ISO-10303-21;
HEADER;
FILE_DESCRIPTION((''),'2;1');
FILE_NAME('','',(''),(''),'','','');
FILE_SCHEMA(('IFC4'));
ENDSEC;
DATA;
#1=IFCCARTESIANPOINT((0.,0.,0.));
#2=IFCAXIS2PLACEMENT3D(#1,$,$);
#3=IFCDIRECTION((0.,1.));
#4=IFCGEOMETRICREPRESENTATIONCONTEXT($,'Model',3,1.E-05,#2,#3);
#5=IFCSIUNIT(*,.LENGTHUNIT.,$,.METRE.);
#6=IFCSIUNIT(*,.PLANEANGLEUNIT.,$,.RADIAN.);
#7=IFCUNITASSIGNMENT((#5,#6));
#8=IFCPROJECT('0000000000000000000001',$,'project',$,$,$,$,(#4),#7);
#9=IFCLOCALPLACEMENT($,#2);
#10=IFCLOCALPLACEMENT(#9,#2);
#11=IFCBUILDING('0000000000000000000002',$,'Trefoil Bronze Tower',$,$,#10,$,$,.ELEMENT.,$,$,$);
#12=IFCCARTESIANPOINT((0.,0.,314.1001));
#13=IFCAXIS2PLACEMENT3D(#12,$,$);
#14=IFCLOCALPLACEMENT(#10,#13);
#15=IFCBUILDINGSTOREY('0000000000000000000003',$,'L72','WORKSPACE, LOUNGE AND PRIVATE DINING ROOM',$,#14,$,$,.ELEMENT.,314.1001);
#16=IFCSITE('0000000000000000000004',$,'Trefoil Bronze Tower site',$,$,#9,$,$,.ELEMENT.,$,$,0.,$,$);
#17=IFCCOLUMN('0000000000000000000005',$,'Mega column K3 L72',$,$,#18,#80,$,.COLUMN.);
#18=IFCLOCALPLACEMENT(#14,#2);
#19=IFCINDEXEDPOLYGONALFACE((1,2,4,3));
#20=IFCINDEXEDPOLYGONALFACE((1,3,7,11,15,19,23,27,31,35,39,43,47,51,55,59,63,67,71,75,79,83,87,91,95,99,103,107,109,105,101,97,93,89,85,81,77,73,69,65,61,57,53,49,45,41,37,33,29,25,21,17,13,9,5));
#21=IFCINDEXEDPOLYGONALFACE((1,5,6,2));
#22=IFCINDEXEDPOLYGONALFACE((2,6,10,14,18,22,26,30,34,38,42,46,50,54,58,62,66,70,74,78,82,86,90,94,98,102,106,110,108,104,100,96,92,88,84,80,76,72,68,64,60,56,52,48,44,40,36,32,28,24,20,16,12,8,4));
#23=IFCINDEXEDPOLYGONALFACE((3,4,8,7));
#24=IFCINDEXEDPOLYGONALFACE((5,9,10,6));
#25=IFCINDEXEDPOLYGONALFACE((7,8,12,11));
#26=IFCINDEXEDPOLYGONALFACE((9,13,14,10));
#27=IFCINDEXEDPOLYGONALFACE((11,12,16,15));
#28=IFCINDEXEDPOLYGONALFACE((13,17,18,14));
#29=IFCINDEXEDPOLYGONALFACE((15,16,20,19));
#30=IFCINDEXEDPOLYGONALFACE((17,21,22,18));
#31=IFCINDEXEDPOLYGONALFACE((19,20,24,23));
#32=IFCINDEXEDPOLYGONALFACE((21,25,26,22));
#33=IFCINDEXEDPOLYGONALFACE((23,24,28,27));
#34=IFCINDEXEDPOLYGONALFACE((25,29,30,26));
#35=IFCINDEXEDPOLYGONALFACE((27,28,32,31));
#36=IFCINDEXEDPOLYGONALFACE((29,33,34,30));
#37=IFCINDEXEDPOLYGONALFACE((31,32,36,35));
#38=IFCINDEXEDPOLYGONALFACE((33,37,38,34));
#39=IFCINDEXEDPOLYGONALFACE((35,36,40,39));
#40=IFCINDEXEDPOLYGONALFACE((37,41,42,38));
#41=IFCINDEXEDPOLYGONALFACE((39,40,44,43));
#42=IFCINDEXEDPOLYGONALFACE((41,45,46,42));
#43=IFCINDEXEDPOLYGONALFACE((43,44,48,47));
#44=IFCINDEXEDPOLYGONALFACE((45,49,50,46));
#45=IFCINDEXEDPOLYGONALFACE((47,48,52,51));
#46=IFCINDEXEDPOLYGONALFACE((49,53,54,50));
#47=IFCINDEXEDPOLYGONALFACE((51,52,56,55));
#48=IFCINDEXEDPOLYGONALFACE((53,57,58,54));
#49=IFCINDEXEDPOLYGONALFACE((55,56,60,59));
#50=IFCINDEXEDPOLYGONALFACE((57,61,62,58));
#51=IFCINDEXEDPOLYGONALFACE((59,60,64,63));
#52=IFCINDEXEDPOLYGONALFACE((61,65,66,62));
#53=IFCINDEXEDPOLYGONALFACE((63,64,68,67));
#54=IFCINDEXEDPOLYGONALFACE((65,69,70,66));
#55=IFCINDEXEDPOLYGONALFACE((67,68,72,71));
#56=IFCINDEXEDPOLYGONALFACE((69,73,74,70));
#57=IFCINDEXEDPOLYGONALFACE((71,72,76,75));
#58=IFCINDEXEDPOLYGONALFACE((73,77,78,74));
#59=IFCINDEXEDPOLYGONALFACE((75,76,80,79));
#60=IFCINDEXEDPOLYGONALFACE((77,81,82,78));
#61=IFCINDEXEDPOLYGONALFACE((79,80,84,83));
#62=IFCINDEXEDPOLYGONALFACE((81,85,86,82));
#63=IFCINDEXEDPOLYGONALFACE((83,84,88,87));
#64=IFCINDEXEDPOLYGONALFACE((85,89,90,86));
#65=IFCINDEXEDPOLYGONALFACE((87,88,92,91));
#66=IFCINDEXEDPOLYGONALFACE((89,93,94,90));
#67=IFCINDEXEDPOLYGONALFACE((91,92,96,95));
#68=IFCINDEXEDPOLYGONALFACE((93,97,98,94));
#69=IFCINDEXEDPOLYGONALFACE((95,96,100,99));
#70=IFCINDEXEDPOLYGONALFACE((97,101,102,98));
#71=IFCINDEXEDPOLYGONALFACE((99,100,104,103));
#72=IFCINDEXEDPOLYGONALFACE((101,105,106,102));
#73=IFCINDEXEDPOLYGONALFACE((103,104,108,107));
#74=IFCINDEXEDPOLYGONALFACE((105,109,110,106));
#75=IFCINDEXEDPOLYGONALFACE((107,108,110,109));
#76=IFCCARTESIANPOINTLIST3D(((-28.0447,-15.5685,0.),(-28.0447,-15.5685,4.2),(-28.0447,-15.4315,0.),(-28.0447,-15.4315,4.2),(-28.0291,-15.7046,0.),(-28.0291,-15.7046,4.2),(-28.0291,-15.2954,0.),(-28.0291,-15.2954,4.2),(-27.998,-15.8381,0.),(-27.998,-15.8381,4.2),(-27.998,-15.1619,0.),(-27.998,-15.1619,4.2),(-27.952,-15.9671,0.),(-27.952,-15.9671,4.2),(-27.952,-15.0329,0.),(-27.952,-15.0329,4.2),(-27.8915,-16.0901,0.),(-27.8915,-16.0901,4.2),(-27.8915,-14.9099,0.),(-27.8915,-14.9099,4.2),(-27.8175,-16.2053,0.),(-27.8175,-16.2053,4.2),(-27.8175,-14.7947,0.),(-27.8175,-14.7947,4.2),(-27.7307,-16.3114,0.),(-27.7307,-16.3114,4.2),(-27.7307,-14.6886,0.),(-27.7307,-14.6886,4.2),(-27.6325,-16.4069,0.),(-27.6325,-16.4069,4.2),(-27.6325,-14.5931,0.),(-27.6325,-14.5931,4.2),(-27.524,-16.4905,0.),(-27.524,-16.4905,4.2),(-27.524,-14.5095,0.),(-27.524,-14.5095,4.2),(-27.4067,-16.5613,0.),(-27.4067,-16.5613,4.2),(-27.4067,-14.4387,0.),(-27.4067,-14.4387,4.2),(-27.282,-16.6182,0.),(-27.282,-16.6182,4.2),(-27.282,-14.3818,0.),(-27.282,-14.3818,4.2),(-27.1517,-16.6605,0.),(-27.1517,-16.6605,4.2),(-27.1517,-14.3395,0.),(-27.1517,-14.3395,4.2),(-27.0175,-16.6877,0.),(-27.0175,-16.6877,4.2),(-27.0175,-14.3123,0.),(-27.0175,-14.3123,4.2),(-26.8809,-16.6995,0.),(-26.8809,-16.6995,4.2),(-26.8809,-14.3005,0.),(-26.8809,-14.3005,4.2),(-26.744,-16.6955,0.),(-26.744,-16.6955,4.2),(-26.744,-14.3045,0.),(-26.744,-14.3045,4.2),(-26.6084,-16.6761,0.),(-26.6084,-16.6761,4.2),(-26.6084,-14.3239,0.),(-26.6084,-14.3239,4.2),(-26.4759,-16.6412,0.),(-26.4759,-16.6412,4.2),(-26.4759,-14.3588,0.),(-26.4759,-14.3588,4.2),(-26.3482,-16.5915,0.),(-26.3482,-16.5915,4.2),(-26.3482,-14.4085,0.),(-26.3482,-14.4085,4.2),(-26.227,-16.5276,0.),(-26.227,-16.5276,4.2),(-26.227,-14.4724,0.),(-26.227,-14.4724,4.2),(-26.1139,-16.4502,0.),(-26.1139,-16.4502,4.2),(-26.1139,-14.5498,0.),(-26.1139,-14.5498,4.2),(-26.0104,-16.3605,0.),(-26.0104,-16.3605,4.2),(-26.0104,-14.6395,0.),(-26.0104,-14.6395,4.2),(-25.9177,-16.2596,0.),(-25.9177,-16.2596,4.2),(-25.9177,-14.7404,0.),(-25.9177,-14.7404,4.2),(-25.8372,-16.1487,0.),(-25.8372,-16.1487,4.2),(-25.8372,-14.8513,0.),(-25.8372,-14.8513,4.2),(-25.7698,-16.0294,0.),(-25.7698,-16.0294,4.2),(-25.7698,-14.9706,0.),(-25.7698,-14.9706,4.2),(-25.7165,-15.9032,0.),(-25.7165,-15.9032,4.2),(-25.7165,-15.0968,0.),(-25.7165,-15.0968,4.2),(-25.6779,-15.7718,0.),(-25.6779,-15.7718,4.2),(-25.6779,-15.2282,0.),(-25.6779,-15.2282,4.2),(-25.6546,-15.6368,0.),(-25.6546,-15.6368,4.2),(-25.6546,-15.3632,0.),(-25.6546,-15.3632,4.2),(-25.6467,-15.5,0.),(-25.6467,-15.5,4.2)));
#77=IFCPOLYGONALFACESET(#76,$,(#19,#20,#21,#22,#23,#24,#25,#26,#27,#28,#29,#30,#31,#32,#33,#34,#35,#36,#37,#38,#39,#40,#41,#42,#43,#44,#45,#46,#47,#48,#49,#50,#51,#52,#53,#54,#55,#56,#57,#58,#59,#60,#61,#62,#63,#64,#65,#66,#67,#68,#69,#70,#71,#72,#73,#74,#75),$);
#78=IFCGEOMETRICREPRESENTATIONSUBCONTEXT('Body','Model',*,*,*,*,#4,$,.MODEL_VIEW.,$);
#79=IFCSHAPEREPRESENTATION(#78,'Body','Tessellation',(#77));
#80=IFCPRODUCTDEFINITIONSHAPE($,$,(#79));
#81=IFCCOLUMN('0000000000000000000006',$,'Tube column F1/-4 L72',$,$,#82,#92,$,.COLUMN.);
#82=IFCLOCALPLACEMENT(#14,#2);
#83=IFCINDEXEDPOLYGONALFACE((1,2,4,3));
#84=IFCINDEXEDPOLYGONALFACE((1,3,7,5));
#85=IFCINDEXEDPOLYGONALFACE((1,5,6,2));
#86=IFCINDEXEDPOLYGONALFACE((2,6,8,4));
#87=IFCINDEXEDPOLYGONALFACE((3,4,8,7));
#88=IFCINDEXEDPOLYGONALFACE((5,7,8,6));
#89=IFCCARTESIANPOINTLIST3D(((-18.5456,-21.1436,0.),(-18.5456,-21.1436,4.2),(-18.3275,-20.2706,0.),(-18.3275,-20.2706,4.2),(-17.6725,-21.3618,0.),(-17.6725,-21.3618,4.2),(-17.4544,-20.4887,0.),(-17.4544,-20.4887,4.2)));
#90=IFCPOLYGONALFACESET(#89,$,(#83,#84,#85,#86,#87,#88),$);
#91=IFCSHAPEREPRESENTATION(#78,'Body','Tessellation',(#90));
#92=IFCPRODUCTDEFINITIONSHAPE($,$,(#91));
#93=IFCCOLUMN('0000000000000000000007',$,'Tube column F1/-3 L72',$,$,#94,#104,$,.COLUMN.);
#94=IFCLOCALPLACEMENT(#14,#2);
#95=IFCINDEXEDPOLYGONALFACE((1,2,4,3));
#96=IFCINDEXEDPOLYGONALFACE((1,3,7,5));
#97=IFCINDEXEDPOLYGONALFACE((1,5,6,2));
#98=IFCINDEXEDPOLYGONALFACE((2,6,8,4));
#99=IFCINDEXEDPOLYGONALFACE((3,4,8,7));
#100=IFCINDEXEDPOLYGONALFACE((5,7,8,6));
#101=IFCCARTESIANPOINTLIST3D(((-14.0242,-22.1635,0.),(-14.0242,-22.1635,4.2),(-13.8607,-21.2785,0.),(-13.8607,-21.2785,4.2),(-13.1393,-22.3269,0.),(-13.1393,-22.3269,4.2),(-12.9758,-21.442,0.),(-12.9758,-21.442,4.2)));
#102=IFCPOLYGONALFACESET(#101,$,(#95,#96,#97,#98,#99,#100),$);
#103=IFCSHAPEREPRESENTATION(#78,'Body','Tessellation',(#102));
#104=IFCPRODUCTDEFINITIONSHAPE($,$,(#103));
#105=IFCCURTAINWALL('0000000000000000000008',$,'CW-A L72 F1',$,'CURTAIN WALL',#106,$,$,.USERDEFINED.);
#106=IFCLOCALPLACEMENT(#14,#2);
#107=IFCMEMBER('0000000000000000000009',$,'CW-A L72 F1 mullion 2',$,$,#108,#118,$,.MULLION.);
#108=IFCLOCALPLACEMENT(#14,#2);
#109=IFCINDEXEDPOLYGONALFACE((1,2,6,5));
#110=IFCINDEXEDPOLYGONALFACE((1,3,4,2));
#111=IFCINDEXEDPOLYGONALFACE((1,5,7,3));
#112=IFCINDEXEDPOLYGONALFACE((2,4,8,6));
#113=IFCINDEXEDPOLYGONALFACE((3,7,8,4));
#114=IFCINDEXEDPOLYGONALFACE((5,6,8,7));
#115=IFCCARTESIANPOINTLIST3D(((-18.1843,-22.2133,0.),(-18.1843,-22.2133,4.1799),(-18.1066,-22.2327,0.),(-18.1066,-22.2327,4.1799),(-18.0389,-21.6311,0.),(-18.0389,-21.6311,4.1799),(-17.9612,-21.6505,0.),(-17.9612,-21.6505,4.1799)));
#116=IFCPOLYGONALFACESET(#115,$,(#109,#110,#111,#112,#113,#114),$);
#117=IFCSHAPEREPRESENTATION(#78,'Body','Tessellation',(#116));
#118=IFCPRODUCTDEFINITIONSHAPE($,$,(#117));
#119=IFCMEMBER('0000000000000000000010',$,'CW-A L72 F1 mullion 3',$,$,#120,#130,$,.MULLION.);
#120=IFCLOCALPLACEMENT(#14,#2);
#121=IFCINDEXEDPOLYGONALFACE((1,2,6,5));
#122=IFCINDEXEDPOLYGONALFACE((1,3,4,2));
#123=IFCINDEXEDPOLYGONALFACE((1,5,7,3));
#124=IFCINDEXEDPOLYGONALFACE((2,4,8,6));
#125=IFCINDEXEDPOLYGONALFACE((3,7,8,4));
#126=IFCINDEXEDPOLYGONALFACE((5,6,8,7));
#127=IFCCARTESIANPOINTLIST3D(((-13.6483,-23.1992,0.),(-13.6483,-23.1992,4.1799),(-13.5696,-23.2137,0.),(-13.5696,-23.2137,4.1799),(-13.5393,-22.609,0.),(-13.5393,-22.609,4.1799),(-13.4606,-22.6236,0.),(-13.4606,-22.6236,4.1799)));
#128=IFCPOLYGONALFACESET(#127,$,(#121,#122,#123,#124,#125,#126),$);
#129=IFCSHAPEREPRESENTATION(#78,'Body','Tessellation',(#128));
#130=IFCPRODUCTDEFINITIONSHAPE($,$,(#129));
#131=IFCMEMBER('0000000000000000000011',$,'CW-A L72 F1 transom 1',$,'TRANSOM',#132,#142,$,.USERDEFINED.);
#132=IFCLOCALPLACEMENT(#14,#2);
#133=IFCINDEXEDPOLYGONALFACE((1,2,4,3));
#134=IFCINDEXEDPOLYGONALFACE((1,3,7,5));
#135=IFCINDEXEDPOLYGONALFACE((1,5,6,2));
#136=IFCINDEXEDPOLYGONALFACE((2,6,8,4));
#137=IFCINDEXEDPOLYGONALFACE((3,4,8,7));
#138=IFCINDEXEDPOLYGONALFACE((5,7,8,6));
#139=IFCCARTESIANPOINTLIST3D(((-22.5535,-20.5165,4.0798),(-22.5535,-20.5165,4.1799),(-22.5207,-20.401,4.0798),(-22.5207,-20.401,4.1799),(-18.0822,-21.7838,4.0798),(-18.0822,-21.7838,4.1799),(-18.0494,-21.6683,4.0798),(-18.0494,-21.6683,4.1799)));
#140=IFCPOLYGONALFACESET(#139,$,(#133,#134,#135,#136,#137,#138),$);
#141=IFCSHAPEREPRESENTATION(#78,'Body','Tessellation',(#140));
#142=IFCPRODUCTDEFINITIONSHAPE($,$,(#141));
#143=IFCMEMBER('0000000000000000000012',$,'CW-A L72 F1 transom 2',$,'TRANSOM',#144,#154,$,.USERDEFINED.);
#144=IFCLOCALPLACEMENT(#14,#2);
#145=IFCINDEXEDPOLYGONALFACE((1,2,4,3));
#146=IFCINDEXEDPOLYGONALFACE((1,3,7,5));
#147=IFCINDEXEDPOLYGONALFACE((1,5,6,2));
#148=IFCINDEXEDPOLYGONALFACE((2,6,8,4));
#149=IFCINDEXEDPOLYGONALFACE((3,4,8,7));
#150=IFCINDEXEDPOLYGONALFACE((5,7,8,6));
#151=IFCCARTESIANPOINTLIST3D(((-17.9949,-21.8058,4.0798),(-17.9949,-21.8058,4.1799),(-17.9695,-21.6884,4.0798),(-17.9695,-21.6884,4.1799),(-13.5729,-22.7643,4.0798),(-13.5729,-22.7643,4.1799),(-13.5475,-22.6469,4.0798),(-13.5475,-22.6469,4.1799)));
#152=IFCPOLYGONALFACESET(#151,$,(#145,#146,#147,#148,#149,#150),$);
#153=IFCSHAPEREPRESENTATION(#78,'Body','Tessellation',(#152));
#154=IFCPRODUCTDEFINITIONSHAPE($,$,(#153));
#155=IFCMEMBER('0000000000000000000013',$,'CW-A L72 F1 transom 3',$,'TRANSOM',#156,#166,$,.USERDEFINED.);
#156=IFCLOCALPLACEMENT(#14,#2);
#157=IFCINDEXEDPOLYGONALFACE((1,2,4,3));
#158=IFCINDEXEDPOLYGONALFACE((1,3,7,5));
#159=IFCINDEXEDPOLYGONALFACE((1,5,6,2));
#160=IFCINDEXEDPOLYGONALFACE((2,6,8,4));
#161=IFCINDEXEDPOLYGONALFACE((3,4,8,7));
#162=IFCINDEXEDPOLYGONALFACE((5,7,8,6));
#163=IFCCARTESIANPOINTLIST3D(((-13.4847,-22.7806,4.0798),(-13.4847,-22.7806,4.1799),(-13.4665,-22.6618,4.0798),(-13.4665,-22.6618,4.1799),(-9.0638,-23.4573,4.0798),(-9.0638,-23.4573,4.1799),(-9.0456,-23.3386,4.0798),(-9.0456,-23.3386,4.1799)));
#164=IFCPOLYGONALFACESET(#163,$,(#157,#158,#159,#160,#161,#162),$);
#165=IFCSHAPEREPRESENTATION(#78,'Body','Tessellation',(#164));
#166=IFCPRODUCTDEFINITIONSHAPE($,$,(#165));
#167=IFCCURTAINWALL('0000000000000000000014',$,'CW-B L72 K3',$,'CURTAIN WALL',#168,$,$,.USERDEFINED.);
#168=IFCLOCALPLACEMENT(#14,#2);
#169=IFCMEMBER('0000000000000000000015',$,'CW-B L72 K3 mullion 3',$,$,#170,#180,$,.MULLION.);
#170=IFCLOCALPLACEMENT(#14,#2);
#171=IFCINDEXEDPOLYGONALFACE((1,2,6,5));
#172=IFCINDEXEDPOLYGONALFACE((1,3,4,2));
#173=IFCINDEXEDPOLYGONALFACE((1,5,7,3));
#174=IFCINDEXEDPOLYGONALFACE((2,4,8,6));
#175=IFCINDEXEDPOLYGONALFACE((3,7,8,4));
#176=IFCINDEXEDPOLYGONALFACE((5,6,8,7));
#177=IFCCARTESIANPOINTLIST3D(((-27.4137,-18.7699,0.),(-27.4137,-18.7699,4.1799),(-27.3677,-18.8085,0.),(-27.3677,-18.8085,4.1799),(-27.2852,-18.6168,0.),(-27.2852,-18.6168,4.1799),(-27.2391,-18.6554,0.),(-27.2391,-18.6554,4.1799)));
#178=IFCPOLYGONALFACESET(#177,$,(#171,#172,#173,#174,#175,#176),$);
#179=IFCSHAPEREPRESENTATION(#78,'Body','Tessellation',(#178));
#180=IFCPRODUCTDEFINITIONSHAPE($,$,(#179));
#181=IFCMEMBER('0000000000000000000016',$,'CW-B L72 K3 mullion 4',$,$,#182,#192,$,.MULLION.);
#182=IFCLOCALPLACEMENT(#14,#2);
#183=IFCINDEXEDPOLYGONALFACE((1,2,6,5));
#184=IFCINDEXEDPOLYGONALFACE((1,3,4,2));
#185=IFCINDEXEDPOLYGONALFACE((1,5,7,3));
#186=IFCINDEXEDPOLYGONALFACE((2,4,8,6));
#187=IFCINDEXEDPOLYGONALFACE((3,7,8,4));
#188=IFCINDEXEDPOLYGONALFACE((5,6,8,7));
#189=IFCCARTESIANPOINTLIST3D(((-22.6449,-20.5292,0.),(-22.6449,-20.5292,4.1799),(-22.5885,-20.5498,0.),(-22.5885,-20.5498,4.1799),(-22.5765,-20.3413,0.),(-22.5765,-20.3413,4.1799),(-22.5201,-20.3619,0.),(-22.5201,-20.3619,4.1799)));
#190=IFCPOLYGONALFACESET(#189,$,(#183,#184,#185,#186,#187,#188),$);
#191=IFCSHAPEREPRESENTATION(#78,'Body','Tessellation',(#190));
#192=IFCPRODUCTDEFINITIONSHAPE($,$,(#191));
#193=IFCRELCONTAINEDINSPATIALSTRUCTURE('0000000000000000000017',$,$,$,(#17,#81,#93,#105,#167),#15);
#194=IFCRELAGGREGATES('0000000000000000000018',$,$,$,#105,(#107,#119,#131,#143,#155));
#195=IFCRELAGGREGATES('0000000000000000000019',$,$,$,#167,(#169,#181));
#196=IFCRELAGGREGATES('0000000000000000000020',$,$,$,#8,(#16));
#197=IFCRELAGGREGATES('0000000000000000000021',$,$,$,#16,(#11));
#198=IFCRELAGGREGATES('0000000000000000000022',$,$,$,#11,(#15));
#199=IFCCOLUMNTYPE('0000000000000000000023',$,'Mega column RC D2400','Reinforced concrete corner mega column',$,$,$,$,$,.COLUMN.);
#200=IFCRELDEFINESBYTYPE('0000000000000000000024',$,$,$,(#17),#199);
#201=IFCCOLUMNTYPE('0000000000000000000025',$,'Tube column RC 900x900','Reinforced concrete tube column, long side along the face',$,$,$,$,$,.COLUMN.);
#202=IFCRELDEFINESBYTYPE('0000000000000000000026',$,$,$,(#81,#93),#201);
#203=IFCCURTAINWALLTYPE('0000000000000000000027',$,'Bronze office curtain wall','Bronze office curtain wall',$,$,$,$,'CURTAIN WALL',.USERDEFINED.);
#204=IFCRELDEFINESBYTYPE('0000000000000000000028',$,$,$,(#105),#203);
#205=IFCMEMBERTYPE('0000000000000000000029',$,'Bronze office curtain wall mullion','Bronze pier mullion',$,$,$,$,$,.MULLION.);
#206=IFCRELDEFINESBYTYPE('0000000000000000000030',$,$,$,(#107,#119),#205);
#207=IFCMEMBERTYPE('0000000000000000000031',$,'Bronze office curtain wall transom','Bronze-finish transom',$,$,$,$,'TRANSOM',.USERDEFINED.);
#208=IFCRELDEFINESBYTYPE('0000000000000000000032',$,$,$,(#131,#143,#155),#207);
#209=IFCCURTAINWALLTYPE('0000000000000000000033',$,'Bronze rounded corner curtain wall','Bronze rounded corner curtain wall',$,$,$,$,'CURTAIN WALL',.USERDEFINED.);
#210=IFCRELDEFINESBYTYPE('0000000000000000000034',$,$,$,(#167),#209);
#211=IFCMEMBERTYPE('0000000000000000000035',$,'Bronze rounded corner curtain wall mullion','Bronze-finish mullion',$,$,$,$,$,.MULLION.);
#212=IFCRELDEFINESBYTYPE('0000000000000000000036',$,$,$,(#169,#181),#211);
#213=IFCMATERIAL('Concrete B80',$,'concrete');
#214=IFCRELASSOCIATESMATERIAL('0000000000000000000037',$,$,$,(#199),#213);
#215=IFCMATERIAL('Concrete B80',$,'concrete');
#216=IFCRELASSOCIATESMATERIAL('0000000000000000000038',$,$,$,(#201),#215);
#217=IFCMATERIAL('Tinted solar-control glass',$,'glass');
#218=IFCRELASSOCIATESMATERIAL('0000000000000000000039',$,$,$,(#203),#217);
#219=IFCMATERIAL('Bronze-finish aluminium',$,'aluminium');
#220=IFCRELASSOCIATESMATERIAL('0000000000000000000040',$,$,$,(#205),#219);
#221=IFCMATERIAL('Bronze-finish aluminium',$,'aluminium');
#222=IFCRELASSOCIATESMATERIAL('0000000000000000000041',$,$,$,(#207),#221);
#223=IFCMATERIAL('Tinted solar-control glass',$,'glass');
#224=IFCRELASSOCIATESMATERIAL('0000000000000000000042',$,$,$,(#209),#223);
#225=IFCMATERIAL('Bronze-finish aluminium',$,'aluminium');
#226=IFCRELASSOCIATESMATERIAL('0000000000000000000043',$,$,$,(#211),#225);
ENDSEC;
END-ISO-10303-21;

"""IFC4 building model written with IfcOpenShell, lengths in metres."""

from ifc_helpers import new_model, si_unit, direction, frame, origin, origin_2d, place, context, subcontext, project, spatial, rectangle, circle, extrude, material, material_profile, profile_set, type_object, element, aggregate, save


model = new_model("IFC4")

# Units and contexts
model_context = context("Model", 3, precision=1e-05, world=origin(), true_north=direction((0.0, 1.0)))
body_context = subcontext(model_context, "Body", "Model", "MODEL_VIEW")
ifc_project = project(units=[si_unit("LENGTHUNIT", "METRE"), si_unit("PLANEANGLEUNIT", "RADIAN")], contexts=[model_context])

# Site, building, storey
site_placement = place(None, origin())
site = spatial("IfcSite", under=ifc_project, at=site_placement, Name="Trefoil Bronze Tower site", CompositionType="ELEMENT", RefElevation=0.0)
building_placement = place(site_placement, origin())
building = spatial("IfcBuilding", under=site, at=building_placement, Name="Trefoil Bronze Tower", CompositionType="ELEMENT")
storey_placement = place(building_placement, frame((0.0, 0.0, 314.1001)))
storey = spatial("IfcBuildingStorey", under=building, at=storey_placement, Name="L72", Description="WORKSPACE, LOUNGE AND PRIVATE DINING ROOM", CompositionType="ELEMENT", Elevation=314.1001)

# Columns
ifc_material_1 = material(Name="Concrete B80", Category="concrete")
ifc_material_profile_1 = material_profile(ifc_material_1, circle(Radius=1.2, at=origin_2d()), Name="RC D2400")
ifc_profile_set_1 = profile_set([ifc_material_profile_1], Name="Concrete B80")
column_type_1 = type_object("IfcColumnType", Name="Mega column RC D2400", Description="Reinforced concrete corner mega column", PredefinedType="COLUMN", material=ifc_profile_set_1)
column_placement = place(storey_placement, frame((-26.8467, -15.5, 0.0), z_axis=(0.0, 0.0, 1.0), x_axis=(1.0, 0.0, 0.0)))
element("IfcColumn", 1, at=column_placement, inside=storey, type_object=column_type_1, Name="Mega column K3 L72", PredefinedType="COLUMN", context=body_context, shape_type="SweptSolid", body=[
    extrude(circle(Radius=1.2, at=origin_2d()), origin(), (0.0, 0.0, 1.0), 4.2),
])
ifc_material_2 = material(Name="Concrete B80", Category="concrete")
ifc_material_profile_2 = material_profile(ifc_material_2, rectangle(XDim=0.8999, YDim=0.8999, at=origin_2d()), Name="RC 900x900")
ifc_profile_set_2 = profile_set([ifc_material_profile_2], Name="Concrete B80")
column_type_2 = type_object("IfcColumnType", Name="Tube column RC 900x900", Description="Reinforced concrete tube column, long side along the face", PredefinedType="COLUMN", material=ifc_profile_set_2)
for number, where, z_axis, x_axis, name in (
    (2, (-18.0, -20.8162, 0.0), (0.0, 0.0, 1.0), (0.970178, -0.242394, 0.0), "Tube column F1/-4 L72"),
    (3, (-13.5, -21.8027, 0.0), (0.0, 0.0, 1.0), (0.98336, -0.181667, 0.0), "Tube column F1/-3 L72"),
):
    element("IfcColumn", number, at=place(storey_placement, frame(where, z_axis=z_axis, x_axis=x_axis)), inside=storey, type_object=column_type_2, Name=name, PredefinedType="COLUMN", context=body_context, shape_type="SweptSolid", body=[
        extrude(rectangle(XDim=0.8999, YDim=0.8999, at=origin_2d()), origin(), (0.0, 0.0, 1.0), 4.2),
    ])

# Curtain walls, members
ifc_material_3 = material(Name="Tinted solar-control glass", Category="glass")
curtain_wall_type_1 = type_object("IfcCurtainWallType", Name="Bronze office curtain wall", Description="Bronze office curtain wall", ElementType="CURTAIN WALL", PredefinedType="USERDEFINED", material=ifc_material_3)
curtain_wall_1_placement = place(storey_placement, origin())
curtain_wall_1 = element("IfcCurtainWall", 4, at=curtain_wall_1_placement, inside=storey, type_object=curtain_wall_type_1, Name="CW-A L72 F1", ObjectType="CURTAIN WALL", PredefinedType="USERDEFINED")
ifc_material_4 = material(Name="Bronze-finish aluminium", Category="aluminium")
ifc_material_profile_3 = material_profile(ifc_material_4, rectangle(XDim=0.6001, YDim=0.0801, at=origin_2d()), Name="CW-A mullion")
ifc_profile_set_3 = profile_set([ifc_material_profile_3], Name="Bronze-finish aluminium")
member_type_1 = type_object("IfcMemberType", Name="Bronze office curtain wall mullion", Description="Bronze pier mullion", PredefinedType="MULLION", material=ifc_profile_set_3)
member_1_placement = place(storey_placement, frame((-18.0728, -21.9319, 0.0), z_axis=(0.0, 0.0, 1.0), x_axis=(0.242394, 0.970178, 0.0)))
member_1 = element("IfcMember", 5, at=member_1_placement, type_object=member_type_1, Name="CW-A L72 F1 mullion 2", PredefinedType="MULLION", context=body_context, shape_type="SweptSolid", body=[
    extrude(rectangle(XDim=0.6001, YDim=0.0801, at=origin_2d()), origin(), (0.0, 0.0, 1.0), 4.1799),
])
member_2_placement = place(storey_placement, frame((-13.5544, -22.9114, 0.0), z_axis=(0.0, 0.0, 1.0), x_axis=(0.181667, 0.98336, 0.0)))
member_2 = element("IfcMember", 6, at=member_2_placement, type_object=member_type_1, Name="CW-A L72 F1 mullion 3", PredefinedType="MULLION", context=body_context, shape_type="SweptSolid", body=[
    extrude(rectangle(XDim=0.6001, YDim=0.0801, at=origin_2d()), origin(), (0.0, 0.0, 1.0), 4.1799),
])
ifc_material_5 = material(Name="Bronze-finish aluminium", Category="aluminium")
ifc_material_profile_4 = material_profile(ifc_material_5, rectangle(XDim=0.1201, YDim=0.1001, at=origin_2d()), Name="CW-A transom")
ifc_profile_set_4 = profile_set([ifc_material_profile_4], Name="Bronze-finish aluminium")
member_type_2 = type_object("IfcMemberType", Name="Bronze office curtain wall transom", Description="Bronze-finish transom", ElementType="TRANSOM", PredefinedType="USERDEFINED", material=ifc_profile_set_4)
member_3_placement = place(storey_placement, frame((-22.5371, -20.4587, 4.1299), z_axis=(0.962103, -0.272688, 0.0), x_axis=(0.272688, 0.962103, 0.0)))
member_3 = element("IfcMember", 7, at=member_3_placement, type_object=member_type_2, Name="CW-A L72 F1 transom 1", ObjectType="TRANSOM", PredefinedType="USERDEFINED", context=body_context, shape_type="SweptSolid", body=[
    extrude(rectangle(XDim=0.1201, YDim=0.1001, at=origin_2d()), origin(), (0.0, 0.0, 1.0), 4.6475),
])
member_4_placement = place(storey_placement, frame((-17.9822, -21.7471, 4.1299), z_axis=(0.977304, -0.211843, 0.0), x_axis=(0.211843, 0.977304, 0.0)))
member_4 = element("IfcMember", 8, at=member_4_placement, type_object=member_type_2, Name="CW-A L72 F1 transom 2", ObjectType="TRANSOM", PredefinedType="USERDEFINED", context=body_context, shape_type="SweptSolid", body=[
    extrude(rectangle(XDim=0.1201, YDim=0.1001, at=origin_2d()), origin(), (0.0, 0.0, 1.0), 4.5247),
])
member_5_placement = place(storey_placement, frame((-13.4756, -22.7212, 4.1299), z_axis=(0.988485, -0.151319, 0.0), x_axis=(0.151319, 0.988485, 0.0)))
member_5 = element("IfcMember", 9, at=member_5_placement, type_object=member_type_2, Name="CW-A L72 F1 transom 3", ObjectType="TRANSOM", PredefinedType="USERDEFINED", context=body_context, shape_type="SweptSolid", body=[
    extrude(rectangle(XDim=0.1201, YDim=0.1001, at=origin_2d()), origin(), (0.0, 0.0, 1.0), 4.4724),
])
ifc_material_6 = material(Name="Tinted solar-control glass", Category="glass")
curtain_wall_type_2 = type_object("IfcCurtainWallType", Name="Bronze rounded corner curtain wall", Description="Bronze rounded corner curtain wall", ElementType="CURTAIN WALL", PredefinedType="USERDEFINED", material=ifc_material_6)
curtain_wall_2_placement = place(storey_placement, origin())
curtain_wall_2 = element("IfcCurtainWall", 10, at=curtain_wall_2_placement, inside=storey, type_object=curtain_wall_type_2, Name="CW-B L72 K3", ObjectType="CURTAIN WALL", PredefinedType="USERDEFINED")
ifc_material_7 = material(Name="Bronze-finish aluminium", Category="aluminium")
ifc_material_profile_5 = material_profile(ifc_material_7, rectangle(XDim=0.2, YDim=0.0601, at=origin_2d()), Name="CW-B mullion")
ifc_profile_set_5 = profile_set([ifc_material_profile_5], Name="Bronze-finish aluminium")
member_type_3 = type_object("IfcMemberType", Name="Bronze rounded corner curtain wall mullion", Description="Bronze-finish mullion", PredefinedType="MULLION", material=ifc_profile_set_5)
member_6_placement = place(storey_placement, frame((-27.3264, -18.7126, 0.0), z_axis=(0.0, 0.0, 1.0), x_axis=(0.642788, 0.766044, 0.0)))
member_6 = element("IfcMember", 11, at=member_6_placement, type_object=member_type_3, Name="CW-B L72 K3 mullion 3", PredefinedType="MULLION", context=body_context, shape_type="SweptSolid", body=[
    extrude(rectangle(XDim=0.2, YDim=0.0601, at=origin_2d()), origin(), (0.0, 0.0, 1.0), 4.1799),
])
member_7_placement = place(storey_placement, frame((-22.5825, -20.4456, 0.0), z_axis=(0.0, 0.0, 1.0), x_axis=(0.34202, 0.939693, 0.0)))
member_7 = element("IfcMember", 12, at=member_7_placement, type_object=member_type_3, Name="CW-B L72 K3 mullion 4", PredefinedType="MULLION", context=body_context, shape_type="SweptSolid", body=[
    extrude(rectangle(XDim=0.2, YDim=0.0601, at=origin_2d()), origin(), (0.0, 0.0, 1.0), 4.1799),
])

aggregate(curtain_wall_1, [member_1, member_2, member_3, member_4, member_5])
aggregate(curtain_wall_2, [member_6, member_7])

save(model, "model.ifc")
